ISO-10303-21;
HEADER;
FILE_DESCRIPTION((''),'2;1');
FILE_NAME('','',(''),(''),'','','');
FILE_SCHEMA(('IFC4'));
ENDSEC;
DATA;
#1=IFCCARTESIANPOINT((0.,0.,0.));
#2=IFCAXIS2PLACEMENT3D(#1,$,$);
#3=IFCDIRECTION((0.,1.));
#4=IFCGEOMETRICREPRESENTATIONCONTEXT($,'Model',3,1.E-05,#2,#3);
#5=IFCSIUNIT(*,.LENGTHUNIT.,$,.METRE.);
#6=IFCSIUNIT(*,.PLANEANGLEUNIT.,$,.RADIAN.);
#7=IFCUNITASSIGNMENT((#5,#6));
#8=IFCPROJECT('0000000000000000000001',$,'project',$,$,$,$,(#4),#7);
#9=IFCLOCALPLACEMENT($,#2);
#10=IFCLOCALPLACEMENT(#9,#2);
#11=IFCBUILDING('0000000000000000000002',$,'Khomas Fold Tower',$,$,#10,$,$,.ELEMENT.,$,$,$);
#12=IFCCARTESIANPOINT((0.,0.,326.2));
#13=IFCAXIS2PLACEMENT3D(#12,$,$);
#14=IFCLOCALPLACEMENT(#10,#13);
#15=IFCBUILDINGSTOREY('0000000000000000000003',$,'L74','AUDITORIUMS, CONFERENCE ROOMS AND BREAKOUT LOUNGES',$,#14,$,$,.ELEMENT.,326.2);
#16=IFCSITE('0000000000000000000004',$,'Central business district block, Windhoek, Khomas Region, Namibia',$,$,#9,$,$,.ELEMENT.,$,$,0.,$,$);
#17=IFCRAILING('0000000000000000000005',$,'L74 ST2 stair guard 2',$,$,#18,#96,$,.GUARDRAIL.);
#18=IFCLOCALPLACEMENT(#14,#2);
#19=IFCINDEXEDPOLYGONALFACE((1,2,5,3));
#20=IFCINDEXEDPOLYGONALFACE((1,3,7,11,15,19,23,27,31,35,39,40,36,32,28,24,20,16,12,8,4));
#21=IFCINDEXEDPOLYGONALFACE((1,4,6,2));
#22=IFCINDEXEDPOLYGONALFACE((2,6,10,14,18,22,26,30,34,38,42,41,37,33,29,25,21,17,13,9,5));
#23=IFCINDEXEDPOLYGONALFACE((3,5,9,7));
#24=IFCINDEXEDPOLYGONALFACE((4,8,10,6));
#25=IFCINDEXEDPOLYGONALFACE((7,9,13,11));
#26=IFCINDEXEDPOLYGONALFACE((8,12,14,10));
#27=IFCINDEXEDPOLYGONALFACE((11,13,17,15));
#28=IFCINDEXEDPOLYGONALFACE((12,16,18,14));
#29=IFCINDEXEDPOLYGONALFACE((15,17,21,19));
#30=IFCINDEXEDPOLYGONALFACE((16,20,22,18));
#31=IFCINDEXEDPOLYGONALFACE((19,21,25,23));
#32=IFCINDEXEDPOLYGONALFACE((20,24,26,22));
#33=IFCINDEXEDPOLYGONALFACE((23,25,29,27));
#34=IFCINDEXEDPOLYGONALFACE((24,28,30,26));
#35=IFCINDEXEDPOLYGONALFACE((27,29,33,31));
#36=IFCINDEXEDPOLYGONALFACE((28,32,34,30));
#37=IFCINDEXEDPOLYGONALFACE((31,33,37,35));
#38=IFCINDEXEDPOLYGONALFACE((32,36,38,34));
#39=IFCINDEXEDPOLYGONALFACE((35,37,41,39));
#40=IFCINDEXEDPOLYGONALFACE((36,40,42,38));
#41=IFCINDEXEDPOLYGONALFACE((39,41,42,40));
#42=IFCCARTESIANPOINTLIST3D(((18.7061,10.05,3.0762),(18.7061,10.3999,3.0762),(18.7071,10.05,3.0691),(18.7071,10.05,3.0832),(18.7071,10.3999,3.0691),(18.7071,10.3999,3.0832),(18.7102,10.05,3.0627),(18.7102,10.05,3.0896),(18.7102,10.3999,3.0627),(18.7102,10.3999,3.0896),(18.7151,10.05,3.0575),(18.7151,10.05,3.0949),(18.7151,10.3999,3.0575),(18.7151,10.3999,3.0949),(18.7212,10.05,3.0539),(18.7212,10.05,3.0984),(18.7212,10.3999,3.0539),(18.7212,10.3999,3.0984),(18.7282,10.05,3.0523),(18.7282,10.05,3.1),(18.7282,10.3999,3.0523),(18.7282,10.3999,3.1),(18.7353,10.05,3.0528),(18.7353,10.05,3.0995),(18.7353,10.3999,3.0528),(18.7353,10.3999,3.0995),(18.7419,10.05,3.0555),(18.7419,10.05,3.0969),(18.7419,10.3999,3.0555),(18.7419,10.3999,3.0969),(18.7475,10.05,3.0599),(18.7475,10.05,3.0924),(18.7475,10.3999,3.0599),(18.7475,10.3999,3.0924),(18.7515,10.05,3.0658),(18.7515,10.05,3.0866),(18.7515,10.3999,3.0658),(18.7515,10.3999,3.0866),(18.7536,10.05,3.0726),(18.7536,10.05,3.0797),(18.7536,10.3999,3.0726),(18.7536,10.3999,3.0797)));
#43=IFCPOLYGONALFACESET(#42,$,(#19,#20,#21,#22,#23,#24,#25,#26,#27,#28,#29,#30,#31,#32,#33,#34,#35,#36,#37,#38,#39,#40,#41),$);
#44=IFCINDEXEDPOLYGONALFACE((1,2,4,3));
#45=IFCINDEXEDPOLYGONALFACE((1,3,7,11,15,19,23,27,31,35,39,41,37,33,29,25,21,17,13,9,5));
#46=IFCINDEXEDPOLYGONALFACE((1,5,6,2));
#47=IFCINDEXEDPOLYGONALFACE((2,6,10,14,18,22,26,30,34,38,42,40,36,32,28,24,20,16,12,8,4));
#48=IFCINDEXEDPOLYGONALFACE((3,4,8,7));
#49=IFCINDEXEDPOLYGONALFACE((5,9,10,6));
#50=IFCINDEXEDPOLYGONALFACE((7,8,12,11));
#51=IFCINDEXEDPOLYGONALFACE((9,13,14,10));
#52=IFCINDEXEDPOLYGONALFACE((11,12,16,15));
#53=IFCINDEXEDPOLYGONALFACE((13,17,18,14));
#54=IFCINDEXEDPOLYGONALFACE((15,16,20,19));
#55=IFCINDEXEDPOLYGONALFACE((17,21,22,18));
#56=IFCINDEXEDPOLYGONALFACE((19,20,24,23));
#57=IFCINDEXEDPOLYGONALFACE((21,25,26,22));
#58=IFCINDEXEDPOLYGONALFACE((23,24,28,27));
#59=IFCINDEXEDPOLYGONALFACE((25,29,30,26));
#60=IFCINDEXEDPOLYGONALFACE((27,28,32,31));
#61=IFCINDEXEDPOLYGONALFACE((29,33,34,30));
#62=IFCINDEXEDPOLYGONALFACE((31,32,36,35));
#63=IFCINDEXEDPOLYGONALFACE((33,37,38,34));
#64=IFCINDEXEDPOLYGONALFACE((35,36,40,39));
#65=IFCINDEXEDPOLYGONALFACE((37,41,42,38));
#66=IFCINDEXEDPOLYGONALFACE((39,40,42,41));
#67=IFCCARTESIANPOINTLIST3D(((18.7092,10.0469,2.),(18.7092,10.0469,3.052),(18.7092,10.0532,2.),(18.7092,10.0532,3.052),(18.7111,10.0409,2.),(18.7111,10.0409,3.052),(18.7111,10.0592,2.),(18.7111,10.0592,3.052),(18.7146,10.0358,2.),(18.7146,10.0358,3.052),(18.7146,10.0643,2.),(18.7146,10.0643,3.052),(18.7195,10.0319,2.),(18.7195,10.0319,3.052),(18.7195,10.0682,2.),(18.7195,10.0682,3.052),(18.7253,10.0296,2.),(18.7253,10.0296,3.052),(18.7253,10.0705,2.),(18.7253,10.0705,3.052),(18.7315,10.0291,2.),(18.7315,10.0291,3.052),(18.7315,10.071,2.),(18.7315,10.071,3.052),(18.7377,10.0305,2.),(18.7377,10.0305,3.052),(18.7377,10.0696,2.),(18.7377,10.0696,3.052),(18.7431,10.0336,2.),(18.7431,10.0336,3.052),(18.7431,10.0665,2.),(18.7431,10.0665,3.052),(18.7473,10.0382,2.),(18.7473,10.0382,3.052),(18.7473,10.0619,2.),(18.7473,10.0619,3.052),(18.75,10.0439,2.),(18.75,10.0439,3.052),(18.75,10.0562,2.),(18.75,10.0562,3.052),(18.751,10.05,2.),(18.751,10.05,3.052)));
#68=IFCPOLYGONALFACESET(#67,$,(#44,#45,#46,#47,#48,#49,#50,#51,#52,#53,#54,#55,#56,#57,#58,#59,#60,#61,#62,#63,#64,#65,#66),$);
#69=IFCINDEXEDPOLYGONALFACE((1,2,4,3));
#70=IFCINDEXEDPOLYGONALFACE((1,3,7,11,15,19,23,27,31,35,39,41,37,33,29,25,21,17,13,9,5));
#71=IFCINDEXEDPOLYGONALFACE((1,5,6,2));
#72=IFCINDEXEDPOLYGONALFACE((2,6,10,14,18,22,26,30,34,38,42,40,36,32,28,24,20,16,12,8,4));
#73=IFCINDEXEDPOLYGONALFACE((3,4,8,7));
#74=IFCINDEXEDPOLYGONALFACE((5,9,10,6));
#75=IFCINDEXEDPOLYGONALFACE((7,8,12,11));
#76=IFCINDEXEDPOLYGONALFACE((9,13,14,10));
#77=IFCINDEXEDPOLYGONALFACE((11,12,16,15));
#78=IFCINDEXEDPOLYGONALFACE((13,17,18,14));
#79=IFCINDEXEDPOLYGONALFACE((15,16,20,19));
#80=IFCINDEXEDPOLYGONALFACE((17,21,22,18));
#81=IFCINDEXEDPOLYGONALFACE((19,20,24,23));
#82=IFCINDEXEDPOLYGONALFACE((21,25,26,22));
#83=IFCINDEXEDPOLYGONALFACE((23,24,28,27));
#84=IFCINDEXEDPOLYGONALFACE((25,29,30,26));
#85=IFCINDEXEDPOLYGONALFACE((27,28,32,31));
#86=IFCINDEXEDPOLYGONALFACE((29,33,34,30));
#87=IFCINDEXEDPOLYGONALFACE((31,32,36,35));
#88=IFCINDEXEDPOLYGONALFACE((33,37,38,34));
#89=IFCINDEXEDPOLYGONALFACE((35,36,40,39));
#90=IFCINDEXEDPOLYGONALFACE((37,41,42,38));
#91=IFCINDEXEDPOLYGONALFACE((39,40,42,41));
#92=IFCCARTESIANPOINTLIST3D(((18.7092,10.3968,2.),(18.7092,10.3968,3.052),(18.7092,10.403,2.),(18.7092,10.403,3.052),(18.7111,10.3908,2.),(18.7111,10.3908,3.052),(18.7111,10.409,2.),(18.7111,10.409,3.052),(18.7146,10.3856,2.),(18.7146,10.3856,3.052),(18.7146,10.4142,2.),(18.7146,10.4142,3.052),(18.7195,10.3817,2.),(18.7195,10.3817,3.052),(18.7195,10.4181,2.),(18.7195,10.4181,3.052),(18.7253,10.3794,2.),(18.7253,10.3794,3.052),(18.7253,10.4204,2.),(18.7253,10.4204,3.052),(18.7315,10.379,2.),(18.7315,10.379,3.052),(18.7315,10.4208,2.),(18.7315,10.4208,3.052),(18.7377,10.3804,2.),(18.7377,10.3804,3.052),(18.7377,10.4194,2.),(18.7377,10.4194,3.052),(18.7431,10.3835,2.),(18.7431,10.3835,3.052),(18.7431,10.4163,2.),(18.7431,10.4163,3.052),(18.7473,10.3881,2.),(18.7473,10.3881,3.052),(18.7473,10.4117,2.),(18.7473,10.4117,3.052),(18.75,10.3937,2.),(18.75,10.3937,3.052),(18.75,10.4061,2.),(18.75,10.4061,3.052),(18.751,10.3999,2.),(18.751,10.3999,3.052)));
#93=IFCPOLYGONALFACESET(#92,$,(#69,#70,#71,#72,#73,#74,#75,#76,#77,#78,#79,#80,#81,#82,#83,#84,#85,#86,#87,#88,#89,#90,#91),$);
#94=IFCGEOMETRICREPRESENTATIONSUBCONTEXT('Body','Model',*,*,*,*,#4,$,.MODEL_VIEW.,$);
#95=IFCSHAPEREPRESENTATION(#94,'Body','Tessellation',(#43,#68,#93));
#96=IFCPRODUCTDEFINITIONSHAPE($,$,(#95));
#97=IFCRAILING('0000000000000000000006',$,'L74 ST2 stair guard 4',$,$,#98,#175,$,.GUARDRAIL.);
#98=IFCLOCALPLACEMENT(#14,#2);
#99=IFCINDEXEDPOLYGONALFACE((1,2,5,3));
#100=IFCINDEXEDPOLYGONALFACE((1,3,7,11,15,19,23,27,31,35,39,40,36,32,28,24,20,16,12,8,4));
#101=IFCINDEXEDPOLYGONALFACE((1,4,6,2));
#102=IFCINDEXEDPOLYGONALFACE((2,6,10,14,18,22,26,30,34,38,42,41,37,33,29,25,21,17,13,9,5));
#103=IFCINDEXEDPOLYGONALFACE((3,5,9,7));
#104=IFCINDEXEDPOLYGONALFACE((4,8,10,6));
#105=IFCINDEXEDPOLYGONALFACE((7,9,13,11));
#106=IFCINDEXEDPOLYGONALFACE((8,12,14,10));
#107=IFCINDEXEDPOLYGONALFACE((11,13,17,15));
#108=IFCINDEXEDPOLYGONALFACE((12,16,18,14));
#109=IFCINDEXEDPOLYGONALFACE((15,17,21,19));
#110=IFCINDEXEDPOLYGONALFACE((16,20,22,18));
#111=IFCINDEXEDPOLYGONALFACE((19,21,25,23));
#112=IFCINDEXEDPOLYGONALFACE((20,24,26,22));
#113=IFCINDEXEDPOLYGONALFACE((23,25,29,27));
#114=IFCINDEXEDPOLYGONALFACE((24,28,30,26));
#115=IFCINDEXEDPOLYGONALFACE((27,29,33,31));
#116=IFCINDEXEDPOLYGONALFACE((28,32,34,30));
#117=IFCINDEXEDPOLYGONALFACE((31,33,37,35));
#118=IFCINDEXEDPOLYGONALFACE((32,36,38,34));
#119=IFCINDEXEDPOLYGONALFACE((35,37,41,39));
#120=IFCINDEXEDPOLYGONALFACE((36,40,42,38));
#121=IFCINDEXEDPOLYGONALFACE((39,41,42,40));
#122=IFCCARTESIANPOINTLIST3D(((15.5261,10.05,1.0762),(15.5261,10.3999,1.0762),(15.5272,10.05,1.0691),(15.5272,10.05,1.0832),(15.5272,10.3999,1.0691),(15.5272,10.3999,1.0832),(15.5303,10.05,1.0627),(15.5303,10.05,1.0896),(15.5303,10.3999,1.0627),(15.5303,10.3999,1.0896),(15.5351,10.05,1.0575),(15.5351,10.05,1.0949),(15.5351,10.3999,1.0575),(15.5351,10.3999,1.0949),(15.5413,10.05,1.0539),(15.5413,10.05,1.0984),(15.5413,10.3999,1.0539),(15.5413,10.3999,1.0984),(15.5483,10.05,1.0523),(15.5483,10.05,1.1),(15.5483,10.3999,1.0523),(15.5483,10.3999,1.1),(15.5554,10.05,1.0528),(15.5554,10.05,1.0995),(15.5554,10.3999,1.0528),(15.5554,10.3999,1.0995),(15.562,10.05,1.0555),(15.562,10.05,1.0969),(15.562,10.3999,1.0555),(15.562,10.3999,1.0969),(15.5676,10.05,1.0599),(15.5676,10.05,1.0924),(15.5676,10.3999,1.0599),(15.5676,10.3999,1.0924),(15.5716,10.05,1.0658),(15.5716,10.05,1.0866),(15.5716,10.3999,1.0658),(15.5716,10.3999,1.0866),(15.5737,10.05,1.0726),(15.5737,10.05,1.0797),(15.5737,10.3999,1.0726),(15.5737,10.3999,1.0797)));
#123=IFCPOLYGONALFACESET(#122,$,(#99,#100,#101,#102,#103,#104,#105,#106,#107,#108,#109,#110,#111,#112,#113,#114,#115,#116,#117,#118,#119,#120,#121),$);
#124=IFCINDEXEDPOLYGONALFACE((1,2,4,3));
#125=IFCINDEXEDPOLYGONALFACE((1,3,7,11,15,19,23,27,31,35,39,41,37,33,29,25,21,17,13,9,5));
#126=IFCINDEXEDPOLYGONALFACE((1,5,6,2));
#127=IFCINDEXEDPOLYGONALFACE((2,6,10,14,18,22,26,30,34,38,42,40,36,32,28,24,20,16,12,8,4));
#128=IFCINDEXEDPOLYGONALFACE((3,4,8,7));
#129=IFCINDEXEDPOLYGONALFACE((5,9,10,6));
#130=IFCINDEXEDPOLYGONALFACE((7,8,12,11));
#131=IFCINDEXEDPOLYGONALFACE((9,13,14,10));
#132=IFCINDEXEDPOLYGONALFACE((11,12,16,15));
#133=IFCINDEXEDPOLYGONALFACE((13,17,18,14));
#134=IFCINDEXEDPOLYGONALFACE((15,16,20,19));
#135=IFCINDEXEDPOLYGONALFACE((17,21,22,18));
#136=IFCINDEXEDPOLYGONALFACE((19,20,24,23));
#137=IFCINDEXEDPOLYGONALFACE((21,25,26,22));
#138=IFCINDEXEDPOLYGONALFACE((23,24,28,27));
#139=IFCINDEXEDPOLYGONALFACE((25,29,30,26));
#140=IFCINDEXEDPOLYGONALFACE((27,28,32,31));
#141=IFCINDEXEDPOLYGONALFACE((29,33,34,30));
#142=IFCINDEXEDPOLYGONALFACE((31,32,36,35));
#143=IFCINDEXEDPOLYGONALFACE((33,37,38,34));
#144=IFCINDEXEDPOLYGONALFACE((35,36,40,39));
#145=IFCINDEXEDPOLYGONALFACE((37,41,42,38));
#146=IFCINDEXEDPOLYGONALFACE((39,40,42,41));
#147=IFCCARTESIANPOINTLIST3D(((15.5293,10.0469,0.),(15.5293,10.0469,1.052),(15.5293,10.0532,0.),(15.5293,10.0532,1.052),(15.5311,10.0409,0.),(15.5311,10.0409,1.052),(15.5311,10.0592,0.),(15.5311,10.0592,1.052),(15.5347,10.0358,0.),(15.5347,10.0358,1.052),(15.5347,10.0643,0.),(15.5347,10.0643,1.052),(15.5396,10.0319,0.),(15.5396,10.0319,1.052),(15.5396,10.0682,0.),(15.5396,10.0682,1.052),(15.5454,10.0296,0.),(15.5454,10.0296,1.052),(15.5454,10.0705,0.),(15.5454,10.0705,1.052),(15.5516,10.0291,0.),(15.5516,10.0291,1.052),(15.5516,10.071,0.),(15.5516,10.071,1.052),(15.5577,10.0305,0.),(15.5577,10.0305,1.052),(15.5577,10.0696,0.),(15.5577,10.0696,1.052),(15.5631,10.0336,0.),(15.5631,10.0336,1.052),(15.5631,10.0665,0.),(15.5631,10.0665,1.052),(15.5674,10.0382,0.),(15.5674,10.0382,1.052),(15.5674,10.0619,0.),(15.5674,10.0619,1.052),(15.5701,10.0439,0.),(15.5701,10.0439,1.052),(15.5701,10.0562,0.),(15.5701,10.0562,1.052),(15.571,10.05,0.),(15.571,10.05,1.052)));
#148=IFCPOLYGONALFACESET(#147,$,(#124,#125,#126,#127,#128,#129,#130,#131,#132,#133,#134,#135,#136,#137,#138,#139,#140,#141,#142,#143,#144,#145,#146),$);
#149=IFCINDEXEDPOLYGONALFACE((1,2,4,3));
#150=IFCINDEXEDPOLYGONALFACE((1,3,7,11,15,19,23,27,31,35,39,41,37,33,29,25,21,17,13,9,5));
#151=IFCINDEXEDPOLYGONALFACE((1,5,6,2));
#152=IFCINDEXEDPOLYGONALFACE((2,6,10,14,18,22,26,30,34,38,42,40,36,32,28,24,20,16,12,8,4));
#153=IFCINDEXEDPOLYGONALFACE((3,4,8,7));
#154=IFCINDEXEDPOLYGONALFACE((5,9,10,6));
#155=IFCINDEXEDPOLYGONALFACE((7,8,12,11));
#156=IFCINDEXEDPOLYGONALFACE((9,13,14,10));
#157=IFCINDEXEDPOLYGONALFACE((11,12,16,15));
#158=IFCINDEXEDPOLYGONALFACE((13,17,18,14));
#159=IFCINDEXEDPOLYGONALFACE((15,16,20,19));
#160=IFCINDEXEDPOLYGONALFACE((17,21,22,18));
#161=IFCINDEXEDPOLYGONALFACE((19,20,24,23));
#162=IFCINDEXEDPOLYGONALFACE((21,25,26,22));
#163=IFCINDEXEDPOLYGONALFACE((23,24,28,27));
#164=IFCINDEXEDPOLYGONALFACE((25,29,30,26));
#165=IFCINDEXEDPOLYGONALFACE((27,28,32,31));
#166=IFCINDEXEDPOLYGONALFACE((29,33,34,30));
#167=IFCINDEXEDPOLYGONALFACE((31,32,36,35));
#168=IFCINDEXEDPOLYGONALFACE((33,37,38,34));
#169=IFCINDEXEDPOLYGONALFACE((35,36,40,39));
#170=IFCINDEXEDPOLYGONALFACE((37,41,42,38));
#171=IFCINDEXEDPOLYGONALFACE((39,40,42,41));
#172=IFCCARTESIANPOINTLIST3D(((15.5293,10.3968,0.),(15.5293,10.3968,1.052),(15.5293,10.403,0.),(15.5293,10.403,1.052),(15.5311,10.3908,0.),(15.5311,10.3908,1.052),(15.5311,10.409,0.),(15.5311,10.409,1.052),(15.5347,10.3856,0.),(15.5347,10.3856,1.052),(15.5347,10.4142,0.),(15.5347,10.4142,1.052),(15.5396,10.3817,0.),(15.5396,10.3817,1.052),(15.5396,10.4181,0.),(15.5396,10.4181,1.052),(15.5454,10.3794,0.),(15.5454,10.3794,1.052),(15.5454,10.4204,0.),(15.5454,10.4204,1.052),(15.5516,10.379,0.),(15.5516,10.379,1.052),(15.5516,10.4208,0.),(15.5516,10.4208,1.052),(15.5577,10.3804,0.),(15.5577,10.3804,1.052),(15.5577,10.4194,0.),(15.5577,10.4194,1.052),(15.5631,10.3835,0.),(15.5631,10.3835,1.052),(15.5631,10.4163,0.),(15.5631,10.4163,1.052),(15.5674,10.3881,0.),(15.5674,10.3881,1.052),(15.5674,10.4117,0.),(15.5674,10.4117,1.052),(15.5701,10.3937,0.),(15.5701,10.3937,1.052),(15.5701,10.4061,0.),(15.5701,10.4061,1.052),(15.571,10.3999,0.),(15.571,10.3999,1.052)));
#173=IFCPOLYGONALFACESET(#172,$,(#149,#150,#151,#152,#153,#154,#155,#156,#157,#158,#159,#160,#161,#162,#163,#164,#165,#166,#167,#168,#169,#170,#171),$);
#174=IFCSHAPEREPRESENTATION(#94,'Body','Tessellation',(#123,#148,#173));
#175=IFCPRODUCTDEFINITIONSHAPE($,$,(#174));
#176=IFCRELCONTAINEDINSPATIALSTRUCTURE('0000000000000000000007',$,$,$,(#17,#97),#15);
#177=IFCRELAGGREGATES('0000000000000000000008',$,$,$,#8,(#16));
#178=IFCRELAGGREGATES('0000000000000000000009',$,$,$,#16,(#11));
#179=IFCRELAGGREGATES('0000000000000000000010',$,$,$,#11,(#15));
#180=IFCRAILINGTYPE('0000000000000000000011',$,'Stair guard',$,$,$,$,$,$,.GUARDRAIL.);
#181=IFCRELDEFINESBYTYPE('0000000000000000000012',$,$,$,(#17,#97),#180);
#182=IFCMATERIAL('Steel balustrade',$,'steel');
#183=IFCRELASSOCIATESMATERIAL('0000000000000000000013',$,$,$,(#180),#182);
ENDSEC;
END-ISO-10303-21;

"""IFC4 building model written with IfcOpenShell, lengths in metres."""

from ifc_helpers import new_model, si_unit, direction, frame, origin, origin_2d, place, context, subcontext, project, spatial, circle, extrude, source, transform, mapped, material, type_object, element, save


model = new_model("IFC4")

# Units and contexts
model_context = context("Model", 3, precision=1e-05, world=origin(), true_north=direction((0.0, 1.0)))
body_context = subcontext(model_context, "Body", "Model", "MODEL_VIEW")
ifc_project = project(units=[si_unit("LENGTHUNIT", "METRE"), si_unit("PLANEANGLEUNIT", "RADIAN")], contexts=[model_context])

# Site, building, storey
site_placement = place(None, origin())
site = spatial("IfcSite", under=ifc_project, at=site_placement, Name="Central business district block, Windhoek, Khomas Region, Namibia", CompositionType="ELEMENT", RefElevation=0.0)
building_placement = place(site_placement, origin())
building = spatial("IfcBuilding", under=site, at=building_placement, Name="Khomas Fold Tower", CompositionType="ELEMENT")
storey_placement = place(building_placement, frame((0.0, 0.0, 326.2)))
storey = spatial("IfcBuildingStorey", under=building, at=storey_placement, Name="L74", Description="AUDITORIUMS, CONFERENCE ROOMS AND BREAKOUT LOUNGES", CompositionType="ELEMENT", Elevation=326.2)

# Railings
ifc_material_1 = material(Name="Steel balustrade", Category="steel")
railing_type_1 = type_object("IfcRailingType", Name="Stair guard", PredefinedType="GUARDRAIL", material=ifc_material_1)
shared_shape_1 = source(origin(), body_context, "Body", "SweptSolid", [
    extrude(circle(Radius=0.0239, at=origin_2d()), frame((0.0, 0.0, 1.0762), z_axis=(0.0, 1.0, 0.0), x_axis=(-1.0, 0.0, 0.0)), (0.0, 0.0, 1.0), 0.3499),
    extrude(circle(Radius=0.021, at=origin_2d()), origin(), (0.0, 0.0, 1.0), 1.052),
    extrude(circle(Radius=0.021, at=origin_2d()), frame((0.0, 0.3499, 0.0)), (0.0, 0.0, 1.0), 1.052),
])
for number, where, name in (
    (1, (18.73, 10.05, 2.0), "L74 ST2 stair guard 2"),
    (2, (15.55, 10.05, 0.0), "L74 ST2 stair guard 4"),
):
    element("IfcRailing", number, at=place(storey_placement, frame(where)), inside=storey, type_object=railing_type_1, Name=name, PredefinedType="GUARDRAIL", context=body_context, shape_type="MappedRepresentation", body=[
        mapped(shared_shape_1, transform((0.0, 0.0, 0.0))),
    ])

save(model, "model.ifc")
